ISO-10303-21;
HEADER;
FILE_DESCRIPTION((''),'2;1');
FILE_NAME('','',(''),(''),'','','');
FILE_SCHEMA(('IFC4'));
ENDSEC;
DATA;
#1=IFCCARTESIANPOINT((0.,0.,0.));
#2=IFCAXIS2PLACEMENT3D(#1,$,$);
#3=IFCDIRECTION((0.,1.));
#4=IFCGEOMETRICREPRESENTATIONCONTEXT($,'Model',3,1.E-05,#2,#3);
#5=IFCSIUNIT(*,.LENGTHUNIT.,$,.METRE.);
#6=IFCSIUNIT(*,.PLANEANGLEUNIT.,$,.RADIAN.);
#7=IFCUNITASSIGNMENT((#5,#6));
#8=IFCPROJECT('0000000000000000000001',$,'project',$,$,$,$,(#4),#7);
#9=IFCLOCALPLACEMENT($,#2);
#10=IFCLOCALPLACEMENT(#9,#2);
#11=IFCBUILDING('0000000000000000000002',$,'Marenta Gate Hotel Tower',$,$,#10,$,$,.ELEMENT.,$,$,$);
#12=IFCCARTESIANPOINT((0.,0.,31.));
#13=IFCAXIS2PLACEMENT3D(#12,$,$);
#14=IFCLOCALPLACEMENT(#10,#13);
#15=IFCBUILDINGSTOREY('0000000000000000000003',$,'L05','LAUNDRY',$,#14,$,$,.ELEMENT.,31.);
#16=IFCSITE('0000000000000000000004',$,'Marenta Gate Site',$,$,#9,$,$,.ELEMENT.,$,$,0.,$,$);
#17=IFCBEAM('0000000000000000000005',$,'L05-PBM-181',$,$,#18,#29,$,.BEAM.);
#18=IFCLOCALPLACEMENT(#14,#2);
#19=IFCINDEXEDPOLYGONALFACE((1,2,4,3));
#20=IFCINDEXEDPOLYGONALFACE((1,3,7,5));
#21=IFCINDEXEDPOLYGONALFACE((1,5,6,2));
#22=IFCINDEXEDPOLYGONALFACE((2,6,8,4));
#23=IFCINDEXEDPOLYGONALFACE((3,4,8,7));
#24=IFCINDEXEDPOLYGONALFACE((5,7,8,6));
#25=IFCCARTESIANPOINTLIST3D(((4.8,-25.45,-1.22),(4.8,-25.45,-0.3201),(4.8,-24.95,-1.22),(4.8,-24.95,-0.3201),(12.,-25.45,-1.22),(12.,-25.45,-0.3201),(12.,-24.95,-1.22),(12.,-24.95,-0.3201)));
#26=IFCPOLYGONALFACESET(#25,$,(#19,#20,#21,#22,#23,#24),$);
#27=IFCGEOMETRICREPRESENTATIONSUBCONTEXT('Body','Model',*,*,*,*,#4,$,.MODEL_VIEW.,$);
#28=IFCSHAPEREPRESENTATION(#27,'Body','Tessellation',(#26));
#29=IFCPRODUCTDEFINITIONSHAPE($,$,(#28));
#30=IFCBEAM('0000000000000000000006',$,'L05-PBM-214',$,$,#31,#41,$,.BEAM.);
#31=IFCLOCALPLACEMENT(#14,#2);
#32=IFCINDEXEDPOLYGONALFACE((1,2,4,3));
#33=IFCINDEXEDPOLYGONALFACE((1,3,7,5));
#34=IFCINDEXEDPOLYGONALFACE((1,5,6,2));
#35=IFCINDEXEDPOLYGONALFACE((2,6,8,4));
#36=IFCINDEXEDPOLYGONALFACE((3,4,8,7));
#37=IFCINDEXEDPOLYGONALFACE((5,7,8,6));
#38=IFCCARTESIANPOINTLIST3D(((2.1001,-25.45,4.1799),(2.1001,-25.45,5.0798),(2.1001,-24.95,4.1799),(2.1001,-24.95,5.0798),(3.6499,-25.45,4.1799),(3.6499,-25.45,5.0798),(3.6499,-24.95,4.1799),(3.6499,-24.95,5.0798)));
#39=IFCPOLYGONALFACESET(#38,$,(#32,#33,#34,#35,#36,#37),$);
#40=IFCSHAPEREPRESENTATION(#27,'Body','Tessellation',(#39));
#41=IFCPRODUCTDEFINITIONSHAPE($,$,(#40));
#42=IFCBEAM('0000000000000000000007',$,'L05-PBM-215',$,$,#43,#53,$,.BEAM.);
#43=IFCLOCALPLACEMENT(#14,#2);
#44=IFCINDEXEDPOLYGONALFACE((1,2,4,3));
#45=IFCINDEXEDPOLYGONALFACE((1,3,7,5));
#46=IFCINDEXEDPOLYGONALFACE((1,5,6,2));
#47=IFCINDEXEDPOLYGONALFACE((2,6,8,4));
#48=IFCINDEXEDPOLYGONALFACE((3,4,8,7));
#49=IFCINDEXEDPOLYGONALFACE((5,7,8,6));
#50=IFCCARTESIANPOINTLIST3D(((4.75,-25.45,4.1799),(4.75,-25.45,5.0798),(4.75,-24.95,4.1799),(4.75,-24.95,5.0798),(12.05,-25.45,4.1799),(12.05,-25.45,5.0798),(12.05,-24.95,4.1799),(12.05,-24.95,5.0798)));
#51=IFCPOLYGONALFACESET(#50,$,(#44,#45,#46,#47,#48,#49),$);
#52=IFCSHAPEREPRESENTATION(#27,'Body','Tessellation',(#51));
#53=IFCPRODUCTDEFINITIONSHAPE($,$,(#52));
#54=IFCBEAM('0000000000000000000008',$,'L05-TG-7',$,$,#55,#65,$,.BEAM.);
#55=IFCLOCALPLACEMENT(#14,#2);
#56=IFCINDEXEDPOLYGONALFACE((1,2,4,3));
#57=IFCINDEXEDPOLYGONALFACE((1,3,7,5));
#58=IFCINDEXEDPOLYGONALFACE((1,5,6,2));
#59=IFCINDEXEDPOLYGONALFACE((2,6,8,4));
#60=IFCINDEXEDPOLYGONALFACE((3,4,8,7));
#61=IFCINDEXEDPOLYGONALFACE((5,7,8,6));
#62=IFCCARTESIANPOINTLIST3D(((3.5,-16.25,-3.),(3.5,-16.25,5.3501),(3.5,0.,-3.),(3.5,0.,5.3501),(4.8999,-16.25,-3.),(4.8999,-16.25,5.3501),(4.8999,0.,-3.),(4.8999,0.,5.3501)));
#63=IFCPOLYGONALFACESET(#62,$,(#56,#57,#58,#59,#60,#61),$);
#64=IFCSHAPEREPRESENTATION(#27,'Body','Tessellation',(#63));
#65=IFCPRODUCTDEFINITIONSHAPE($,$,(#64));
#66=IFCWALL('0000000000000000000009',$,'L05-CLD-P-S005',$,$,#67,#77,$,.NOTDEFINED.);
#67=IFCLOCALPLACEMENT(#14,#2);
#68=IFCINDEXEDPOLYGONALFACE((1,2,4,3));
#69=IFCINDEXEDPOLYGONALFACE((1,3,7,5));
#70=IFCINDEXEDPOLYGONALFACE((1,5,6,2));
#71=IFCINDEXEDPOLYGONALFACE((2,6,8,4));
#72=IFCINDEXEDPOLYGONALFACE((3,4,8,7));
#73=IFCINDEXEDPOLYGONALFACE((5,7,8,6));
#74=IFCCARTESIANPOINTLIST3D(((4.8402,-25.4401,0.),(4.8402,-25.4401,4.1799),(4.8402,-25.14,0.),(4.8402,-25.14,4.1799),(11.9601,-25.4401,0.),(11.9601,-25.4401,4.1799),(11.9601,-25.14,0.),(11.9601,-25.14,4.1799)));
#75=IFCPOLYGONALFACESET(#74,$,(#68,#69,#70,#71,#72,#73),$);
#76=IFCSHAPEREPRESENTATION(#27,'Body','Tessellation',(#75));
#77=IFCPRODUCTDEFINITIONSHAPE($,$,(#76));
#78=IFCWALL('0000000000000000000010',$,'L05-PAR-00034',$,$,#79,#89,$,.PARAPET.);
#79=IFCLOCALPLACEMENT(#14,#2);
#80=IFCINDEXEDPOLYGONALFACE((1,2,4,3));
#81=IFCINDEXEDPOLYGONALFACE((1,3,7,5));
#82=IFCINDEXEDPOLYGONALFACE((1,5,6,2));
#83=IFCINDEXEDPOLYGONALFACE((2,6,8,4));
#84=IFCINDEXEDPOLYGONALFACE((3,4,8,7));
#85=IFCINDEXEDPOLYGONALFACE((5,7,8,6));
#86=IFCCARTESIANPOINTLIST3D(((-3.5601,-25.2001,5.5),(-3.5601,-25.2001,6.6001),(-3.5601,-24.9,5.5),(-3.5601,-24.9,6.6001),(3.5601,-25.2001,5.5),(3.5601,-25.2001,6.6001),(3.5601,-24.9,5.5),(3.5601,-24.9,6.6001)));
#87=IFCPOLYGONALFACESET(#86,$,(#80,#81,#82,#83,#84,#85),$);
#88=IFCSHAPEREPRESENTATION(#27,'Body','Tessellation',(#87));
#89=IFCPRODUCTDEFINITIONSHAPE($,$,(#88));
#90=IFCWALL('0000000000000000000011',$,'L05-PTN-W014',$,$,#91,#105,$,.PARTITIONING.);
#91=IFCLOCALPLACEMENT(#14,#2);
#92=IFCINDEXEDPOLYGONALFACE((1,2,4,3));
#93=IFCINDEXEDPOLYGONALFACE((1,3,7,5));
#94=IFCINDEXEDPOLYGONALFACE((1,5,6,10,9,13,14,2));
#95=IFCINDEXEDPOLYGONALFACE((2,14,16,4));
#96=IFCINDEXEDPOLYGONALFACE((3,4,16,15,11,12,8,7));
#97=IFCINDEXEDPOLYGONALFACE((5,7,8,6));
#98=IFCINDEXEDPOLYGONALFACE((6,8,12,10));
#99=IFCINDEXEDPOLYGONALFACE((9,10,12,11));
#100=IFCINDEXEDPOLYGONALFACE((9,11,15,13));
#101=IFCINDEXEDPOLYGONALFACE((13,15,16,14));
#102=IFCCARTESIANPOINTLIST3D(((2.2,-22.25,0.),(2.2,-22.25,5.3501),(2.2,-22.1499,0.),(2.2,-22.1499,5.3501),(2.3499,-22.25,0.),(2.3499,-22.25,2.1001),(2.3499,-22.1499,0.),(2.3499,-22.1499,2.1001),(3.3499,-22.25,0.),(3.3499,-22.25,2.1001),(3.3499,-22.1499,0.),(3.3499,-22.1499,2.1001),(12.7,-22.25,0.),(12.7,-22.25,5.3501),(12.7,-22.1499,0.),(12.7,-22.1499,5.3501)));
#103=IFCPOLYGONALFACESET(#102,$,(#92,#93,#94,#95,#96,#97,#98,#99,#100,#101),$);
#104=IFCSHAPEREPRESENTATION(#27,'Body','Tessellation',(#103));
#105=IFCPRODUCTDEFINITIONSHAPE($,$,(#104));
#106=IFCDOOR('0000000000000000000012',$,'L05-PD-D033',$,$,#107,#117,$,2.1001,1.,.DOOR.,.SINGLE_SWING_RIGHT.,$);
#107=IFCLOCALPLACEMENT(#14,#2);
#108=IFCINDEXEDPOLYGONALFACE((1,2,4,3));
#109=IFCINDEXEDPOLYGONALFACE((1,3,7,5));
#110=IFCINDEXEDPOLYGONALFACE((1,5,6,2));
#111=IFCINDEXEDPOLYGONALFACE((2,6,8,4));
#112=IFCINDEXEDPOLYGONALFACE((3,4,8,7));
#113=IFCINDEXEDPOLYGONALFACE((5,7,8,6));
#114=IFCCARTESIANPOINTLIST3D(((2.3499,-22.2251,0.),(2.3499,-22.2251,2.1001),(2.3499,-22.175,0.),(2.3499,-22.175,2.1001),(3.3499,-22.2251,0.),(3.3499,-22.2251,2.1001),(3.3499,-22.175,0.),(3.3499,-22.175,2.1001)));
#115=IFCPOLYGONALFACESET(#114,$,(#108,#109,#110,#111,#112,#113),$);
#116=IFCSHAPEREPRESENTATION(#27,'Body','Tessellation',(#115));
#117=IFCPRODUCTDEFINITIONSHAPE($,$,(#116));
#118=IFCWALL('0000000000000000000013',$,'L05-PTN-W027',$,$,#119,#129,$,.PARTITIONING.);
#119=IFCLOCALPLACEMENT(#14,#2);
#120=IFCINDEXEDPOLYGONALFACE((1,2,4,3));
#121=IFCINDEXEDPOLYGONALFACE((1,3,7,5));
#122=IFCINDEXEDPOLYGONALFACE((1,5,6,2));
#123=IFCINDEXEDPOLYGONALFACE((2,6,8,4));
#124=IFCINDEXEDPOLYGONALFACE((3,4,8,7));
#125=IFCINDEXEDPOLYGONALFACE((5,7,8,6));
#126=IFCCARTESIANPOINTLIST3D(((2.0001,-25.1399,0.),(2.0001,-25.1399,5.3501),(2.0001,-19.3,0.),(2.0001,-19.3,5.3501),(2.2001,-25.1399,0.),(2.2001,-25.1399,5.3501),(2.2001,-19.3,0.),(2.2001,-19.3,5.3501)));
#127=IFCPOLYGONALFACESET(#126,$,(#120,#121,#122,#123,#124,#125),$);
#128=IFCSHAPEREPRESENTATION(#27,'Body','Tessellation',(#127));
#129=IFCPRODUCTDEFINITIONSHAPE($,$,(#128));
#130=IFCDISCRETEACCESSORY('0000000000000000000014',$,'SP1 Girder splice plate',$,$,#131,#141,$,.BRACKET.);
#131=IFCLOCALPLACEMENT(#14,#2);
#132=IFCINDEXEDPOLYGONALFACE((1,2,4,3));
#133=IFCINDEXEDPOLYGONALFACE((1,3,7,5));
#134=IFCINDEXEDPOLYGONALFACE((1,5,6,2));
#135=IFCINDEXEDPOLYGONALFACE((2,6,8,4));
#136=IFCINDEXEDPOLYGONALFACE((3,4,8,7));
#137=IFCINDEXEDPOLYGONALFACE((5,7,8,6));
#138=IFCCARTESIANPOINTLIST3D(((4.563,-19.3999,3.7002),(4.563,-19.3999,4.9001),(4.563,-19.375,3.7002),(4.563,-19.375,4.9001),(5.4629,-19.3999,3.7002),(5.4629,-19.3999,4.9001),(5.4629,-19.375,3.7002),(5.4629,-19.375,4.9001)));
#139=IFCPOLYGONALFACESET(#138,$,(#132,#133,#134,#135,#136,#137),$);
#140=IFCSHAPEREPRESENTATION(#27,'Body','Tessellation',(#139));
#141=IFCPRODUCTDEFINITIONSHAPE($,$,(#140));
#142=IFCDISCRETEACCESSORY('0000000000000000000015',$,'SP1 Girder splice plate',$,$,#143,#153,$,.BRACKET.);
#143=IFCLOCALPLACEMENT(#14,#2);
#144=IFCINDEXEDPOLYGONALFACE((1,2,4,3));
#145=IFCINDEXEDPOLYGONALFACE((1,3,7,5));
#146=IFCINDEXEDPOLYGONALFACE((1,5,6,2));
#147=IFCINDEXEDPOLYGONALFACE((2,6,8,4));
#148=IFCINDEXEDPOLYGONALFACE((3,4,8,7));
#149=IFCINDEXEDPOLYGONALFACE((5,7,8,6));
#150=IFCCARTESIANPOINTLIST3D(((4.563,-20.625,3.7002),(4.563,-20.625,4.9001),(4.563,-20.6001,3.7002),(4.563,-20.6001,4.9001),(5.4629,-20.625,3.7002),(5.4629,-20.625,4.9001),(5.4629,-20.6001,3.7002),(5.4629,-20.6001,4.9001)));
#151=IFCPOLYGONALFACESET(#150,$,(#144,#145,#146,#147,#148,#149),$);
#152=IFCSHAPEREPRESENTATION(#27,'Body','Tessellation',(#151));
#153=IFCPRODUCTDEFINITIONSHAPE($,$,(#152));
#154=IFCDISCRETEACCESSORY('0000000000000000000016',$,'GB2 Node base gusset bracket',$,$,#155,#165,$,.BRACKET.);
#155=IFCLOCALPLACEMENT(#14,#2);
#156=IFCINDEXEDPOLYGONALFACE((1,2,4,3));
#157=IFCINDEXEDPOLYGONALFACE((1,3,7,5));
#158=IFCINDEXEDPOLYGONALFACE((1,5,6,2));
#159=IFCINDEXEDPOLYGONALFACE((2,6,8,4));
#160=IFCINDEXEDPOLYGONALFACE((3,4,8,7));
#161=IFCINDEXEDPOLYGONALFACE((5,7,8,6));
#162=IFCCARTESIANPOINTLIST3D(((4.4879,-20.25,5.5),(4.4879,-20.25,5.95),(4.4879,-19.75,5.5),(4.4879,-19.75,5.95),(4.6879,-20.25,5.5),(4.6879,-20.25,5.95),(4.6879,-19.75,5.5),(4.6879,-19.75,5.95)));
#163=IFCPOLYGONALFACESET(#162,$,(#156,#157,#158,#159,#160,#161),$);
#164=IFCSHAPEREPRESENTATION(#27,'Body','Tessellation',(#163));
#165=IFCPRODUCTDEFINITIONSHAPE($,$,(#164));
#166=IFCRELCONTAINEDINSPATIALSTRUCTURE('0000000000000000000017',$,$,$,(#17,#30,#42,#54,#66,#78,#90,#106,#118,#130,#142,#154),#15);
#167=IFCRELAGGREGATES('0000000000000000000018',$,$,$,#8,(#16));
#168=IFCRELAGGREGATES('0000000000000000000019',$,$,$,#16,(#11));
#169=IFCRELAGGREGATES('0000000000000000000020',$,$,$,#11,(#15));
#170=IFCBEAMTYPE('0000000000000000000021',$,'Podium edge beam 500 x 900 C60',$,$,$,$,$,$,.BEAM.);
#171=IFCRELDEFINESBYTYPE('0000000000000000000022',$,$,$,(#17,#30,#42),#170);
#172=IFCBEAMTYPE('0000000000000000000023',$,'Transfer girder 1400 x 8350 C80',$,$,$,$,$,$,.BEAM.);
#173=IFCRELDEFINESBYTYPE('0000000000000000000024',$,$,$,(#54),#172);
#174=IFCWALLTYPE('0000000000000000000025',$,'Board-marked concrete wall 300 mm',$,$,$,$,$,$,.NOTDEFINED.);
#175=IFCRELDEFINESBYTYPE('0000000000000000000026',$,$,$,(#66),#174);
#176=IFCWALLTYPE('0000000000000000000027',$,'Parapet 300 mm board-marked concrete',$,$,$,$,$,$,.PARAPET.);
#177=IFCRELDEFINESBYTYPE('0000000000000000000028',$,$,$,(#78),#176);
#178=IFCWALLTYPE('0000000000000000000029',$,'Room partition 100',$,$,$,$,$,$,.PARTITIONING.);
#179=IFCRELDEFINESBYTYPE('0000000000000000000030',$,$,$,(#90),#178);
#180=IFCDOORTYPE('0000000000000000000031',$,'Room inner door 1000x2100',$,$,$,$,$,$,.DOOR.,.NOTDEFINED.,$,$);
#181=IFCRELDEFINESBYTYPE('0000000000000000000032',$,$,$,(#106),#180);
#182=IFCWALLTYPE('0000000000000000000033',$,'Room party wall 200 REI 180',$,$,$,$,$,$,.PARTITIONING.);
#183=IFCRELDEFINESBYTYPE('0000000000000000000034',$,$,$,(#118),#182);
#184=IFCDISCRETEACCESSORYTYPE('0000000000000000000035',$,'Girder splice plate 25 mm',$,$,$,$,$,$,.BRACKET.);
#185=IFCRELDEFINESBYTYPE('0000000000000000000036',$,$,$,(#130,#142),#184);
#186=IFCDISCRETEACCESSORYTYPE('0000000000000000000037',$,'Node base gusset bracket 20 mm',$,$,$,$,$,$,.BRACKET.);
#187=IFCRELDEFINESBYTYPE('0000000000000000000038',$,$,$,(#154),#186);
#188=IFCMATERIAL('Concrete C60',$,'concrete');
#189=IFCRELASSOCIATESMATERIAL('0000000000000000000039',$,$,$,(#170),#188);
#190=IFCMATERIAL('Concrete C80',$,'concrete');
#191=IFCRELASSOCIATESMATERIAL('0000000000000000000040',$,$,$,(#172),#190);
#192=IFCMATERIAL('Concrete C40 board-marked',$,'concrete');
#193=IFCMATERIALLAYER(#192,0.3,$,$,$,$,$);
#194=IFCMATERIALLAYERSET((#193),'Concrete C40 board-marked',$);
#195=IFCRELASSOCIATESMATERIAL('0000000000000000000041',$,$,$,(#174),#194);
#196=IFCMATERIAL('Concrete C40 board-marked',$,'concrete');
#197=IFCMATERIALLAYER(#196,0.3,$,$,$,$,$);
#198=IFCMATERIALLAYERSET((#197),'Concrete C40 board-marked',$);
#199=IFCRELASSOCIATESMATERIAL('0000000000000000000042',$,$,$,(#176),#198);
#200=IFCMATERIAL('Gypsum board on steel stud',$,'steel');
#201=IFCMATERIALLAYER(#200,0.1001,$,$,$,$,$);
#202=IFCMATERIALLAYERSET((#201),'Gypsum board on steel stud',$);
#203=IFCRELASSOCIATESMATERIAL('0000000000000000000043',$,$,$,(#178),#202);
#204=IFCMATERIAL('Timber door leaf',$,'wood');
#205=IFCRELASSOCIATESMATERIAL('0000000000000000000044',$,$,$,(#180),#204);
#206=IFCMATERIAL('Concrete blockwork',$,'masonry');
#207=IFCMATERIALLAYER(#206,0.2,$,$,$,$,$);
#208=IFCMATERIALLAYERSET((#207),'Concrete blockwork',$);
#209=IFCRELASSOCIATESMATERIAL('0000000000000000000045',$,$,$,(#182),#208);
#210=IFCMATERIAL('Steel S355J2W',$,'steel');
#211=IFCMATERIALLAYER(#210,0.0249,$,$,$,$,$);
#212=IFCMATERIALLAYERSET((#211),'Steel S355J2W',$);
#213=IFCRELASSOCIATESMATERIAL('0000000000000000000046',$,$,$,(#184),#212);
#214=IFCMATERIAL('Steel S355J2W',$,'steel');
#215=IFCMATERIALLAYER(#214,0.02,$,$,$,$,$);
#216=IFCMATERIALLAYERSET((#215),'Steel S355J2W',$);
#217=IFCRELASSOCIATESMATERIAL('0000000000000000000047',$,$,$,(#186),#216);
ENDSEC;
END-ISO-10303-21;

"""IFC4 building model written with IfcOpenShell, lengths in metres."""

from ifc_helpers import new_model, si_unit, direction, frame, frame_2d, origin, origin_2d, place, context, subcontext, project, spatial, rectangle, extrude, material, layer, layer_set, material_profile, profile_set, type_object, element, fill, save


model = new_model("IFC4")

# Units and contexts
model_context = context("Model", 3, precision=1e-05, world=origin(), true_north=direction((0.0, 1.0)))
body_context = subcontext(model_context, "Body", "Model", "MODEL_VIEW")
ifc_project = project(units=[si_unit("LENGTHUNIT", "METRE"), si_unit("PLANEANGLEUNIT", "RADIAN")], contexts=[model_context])

# Site, building, storey
site_placement = place(None, origin())
site = spatial("IfcSite", under=ifc_project, at=site_placement, Name="Marenta Gate Site", CompositionType="ELEMENT", RefElevation=0.0)
building_placement = place(site_placement, origin())
building = spatial("IfcBuilding", under=site, at=building_placement, Name="Marenta Gate Hotel Tower", CompositionType="ELEMENT")
storey_placement = place(building_placement, frame((0.0, 0.0, 31.0)))
storey = spatial("IfcBuildingStorey", under=building, at=storey_placement, Name="L05", Description="LAUNDRY", CompositionType="ELEMENT", Elevation=31.0)

# Beams
ifc_material_1 = material(Name="Concrete C60", Category="concrete")
ifc_material_profile_1 = material_profile(ifc_material_1, rectangle(XDim=0.5, YDim=0.8999, at=origin_2d()), Name="500 x 900")
ifc_profile_set_1 = profile_set([ifc_material_profile_1], Name="Concrete C60")
beam_type_1 = type_object("IfcBeamType", Name="Podium edge beam 500 x 900 C60", PredefinedType="BEAM", material=ifc_profile_set_1)
beam_1_placement = place(storey_placement, frame((4.8, -25.2, -0.77), z_axis=(1.0, 0.0, 0.0), x_axis=(0.0, 1.0, 0.0)))
element("IfcBeam", 1, at=beam_1_placement, inside=storey, type_object=beam_type_1, Name="L05-PBM-181", PredefinedType="BEAM", context=body_context, shape_type="SweptSolid", body=[
    extrude(rectangle(XDim=0.5, YDim=0.8999, at=origin_2d()), origin(), (0.0, 0.0, 1.0), 7.2),
])
beam_2_placement = place(storey_placement, frame((2.1001, -25.2, 4.6299), z_axis=(1.0, 0.0, 0.0), x_axis=(0.0, 1.0, 0.0)))
element("IfcBeam", 2, at=beam_2_placement, inside=storey, type_object=beam_type_1, Name="L05-PBM-214", PredefinedType="BEAM", context=body_context, shape_type="SweptSolid", body=[
    extrude(rectangle(XDim=0.5, YDim=0.8999, at=origin_2d()), origin(), (0.0, 0.0, 1.0), 1.5498),
])
beam_3_placement = place(storey_placement, frame((4.75, -25.2, 4.6299), z_axis=(1.0, 0.0, 0.0), x_axis=(0.0, 1.0, 0.0)))
element("IfcBeam", 3, at=beam_3_placement, inside=storey, type_object=beam_type_1, Name="L05-PBM-215", PredefinedType="BEAM", context=body_context, shape_type="SweptSolid", body=[
    extrude(rectangle(XDim=0.5, YDim=0.8999, at=origin_2d()), origin(), (0.0, 0.0, 1.0), 7.3),
])
ifc_material_2 = material(Name="Concrete C80", Category="concrete")
ifc_material_profile_2 = material_profile(ifc_material_2, rectangle(XDim=1.3999, YDim=8.3501, at=origin_2d()), Name="1400 x 8350")
ifc_profile_set_2 = profile_set([ifc_material_profile_2], Name="Concrete C80")
beam_type_2 = type_object("IfcBeamType", Name="Transfer girder 1400 x 8350 C80", PredefinedType="BEAM", material=ifc_profile_set_2)
beam_4_placement = place(storey_placement, frame((4.2, -16.25, 5.3501), z_axis=(0.0, 1.0, 0.0), x_axis=(-1.0, 0.0, 0.0)))
element("IfcBeam", 4, at=beam_4_placement, inside=storey, type_object=beam_type_2, Name="L05-TG-7", PredefinedType="BEAM", context=body_context, shape_type="SweptSolid", body=[
    extrude(rectangle(XDim=1.3999, YDim=8.3501, at=frame_2d((0.0, -4.175))), origin(), (0.0, 0.0, 1.0), 16.25),
])

# Walls
ifc_material_3 = material(Name="Concrete C40 board-marked", Category="concrete")
ifc_layer_1 = layer(ifc_material_3, 0.3)
ifc_layer_set_1 = layer_set([ifc_layer_1], Name="Concrete C40 board-marked")
wall_type_1 = type_object("IfcWallType", Name="Board-marked concrete wall 300 mm", PredefinedType="NOTDEFINED", material=ifc_layer_set_1)
wall_1_placement = place(storey_placement, frame((4.8401, -25.29, 0.0), z_axis=(0.0, 0.0, 1.0), x_axis=(1.0, 0.0, 0.0)))
element("IfcWall", 5, at=wall_1_placement, inside=storey, type_object=wall_type_1, Name="L05-CLD-P-S005", PredefinedType="NOTDEFINED", context=body_context, shape_type="SweptSolid", body=[
    extrude(rectangle(XDim=7.1199, YDim=0.3, at=frame_2d((3.5601, 0.0))), origin(), (0.0, 0.0, 1.0), 4.1799),
])
ifc_material_4 = material(Name="Concrete C40 board-marked", Category="concrete")
ifc_layer_2 = layer(ifc_material_4, 0.3)
ifc_layer_set_2 = layer_set([ifc_layer_2], Name="Concrete C40 board-marked")
wall_type_2 = type_object("IfcWallType", Name="Parapet 300 mm board-marked concrete", PredefinedType="PARAPET", material=ifc_layer_set_2)
wall_2_placement = place(storey_placement, frame((3.5601, -25.05, 5.5), z_axis=(0.0, 0.0, 1.0), x_axis=(-1.0, 0.0, 0.0)))
element("IfcWall", 6, at=wall_2_placement, inside=storey, type_object=wall_type_2, Name="L05-PAR-00034", PredefinedType="PARAPET", context=body_context, shape_type="SweptSolid", body=[
    extrude(rectangle(XDim=7.1201, YDim=0.3, at=frame_2d((3.5601, 0.0))), origin(), (0.0, 0.0, 1.0), 1.1001),
])

# Wall, opening, door
ifc_material_5 = material(Name="Gypsum board on steel stud", Category="steel")
ifc_layer_3 = layer(ifc_material_5, 0.1001)
ifc_layer_set_3 = layer_set([ifc_layer_3], Name="Gypsum board on steel stud")
wall_type_3 = type_object("IfcWallType", Name="Room partition 100", PredefinedType="PARTITIONING", material=ifc_layer_set_3)
wall_3_placement = place(storey_placement, frame((2.2, -22.2, 0.0), z_axis=(0.0, 0.0, 1.0), x_axis=(1.0, 0.0, 0.0)))
wall_3 = element("IfcWall", 7, at=wall_3_placement, inside=storey, type_object=wall_type_3, Name="L05-PTN-W014", PredefinedType="PARTITIONING", context=body_context, shape_type="SweptSolid", body=[
    extrude(rectangle(XDim=10.5, YDim=0.1001, at=frame_2d((5.25, 0.0))), origin(), (0.0, 0.0, 1.0), 5.3501),
])
opening_1_placement = place(wall_3_placement, frame((0.1499, 0.0, 0.0)))
opening_1 = element("IfcOpeningElement", 8, at=opening_1_placement, cuts=wall_3, PredefinedType="OPENING", context=body_context, shape_type="SweptSolid", body=[
    extrude(rectangle(XDim=1.0, YDim=2.1001, at=frame_2d((0.5, 1.05))), frame((0.0, 0.05, 0.0), z_axis=(0.0, -1.0, 0.0), x_axis=(1.0, 0.0, 0.0)), (0.0, 0.0, 1.0), 0.1001),
])
ifc_material_6 = material(Name="Timber door leaf", Category="wood")
door_type_1 = type_object("IfcDoorType", Name="Room inner door 1000x2100", OperationType="NOTDEFINED", PredefinedType="DOOR", material=ifc_material_6)
door_1_placement = place(opening_1_placement, origin())
door_1 = element("IfcDoor", 9, at=door_1_placement, inside=storey, type_object=door_type_1, Name="L05-PD-D033", OperationType="SINGLE_SWING_RIGHT", OverallHeight=2.1001, OverallWidth=1.0, PredefinedType="DOOR", context=body_context, shape_type="SweptSolid", body=[
    extrude(rectangle(XDim=1.0, YDim=2.1001, at=frame_2d((0.5, 1.05))), frame((0.0, 0.0249, 0.0), z_axis=(0.0, -1.0, 0.0), x_axis=(1.0, 0.0, 0.0)), (0.0, 0.0, 1.0), 0.05),
])
fill(opening_1, door_1)

# Wall
ifc_material_7 = material(Name="Concrete blockwork", Category="masonry")
ifc_layer_4 = layer(ifc_material_7, 0.2)
ifc_layer_set_4 = layer_set([ifc_layer_4], Name="Concrete blockwork")
wall_type_4 = type_object("IfcWallType", Name="Room party wall 200 REI 180", PredefinedType="PARTITIONING", material=ifc_layer_set_4)
wall_4_placement = place(storey_placement, frame((2.1001, -25.1399, 0.0), z_axis=(0.0, 0.0, 1.0), x_axis=(0.0, 1.0, 0.0)))
element("IfcWall", 10, at=wall_4_placement, inside=storey, type_object=wall_type_4, Name="L05-PTN-W027", PredefinedType="PARTITIONING", context=body_context, shape_type="SweptSolid", body=[
    extrude(rectangle(XDim=5.8398, YDim=0.2, at=frame_2d((2.9199, 0.0))), origin(), (0.0, 0.0, 1.0), 5.3501),
])

# Discrete accessories
ifc_material_8 = material(Name="Steel S355J2W", Category="steel")
ifc_layer_5 = layer(ifc_material_8, 0.0249)
ifc_layer_set_5 = layer_set([ifc_layer_5], Name="Steel S355J2W")
discrete_accessory_type_1 = type_object("IfcDiscreteAccessoryType", Name="Girder splice plate 25 mm", PredefinedType="BRACKET", material=ifc_layer_set_5)
for number, where, z_axis, x_axis, name in (
    (11, (5.0129, -19.3875, 3.7002), (0.0, 0.0, 1.0), (-1.0, 0.0, 0.0), "SP1 Girder splice plate"),
    (12, (5.0129, -20.6125, 3.7002), (0.0, 0.0, 1.0), (-1.0, 0.0, 0.0), "SP1 Girder splice plate"),
):
    element("IfcDiscreteAccessory", number, at=place(storey_placement, frame(where, z_axis=z_axis, x_axis=x_axis)), inside=storey, type_object=discrete_accessory_type_1, Name=name, PredefinedType="BRACKET", context=body_context, shape_type="SweptSolid", body=[
        extrude(rectangle(XDim=0.8999, YDim=0.0249, at=origin_2d()), origin(), (0.0, 0.0, 1.0), 1.2),
    ])
ifc_material_9 = material(Name="Steel S355J2W", Category="steel")
ifc_layer_6 = layer(ifc_material_9, 0.02)
ifc_layer_set_6 = layer_set([ifc_layer_6], Name="Steel S355J2W")
discrete_accessory_type_2 = type_object("IfcDiscreteAccessoryType", Name="Node base gusset bracket 20 mm", PredefinedType="BRACKET", material=ifc_layer_set_6)
discrete_accessory_placement = place(storey_placement, frame((4.5879, -20.0, 5.5), z_axis=(0.0, 0.0, 1.0), x_axis=(-1.0, 0.0, 0.0)))
element("IfcDiscreteAccessory", 13, at=discrete_accessory_placement, inside=storey, type_object=discrete_accessory_type_2, Name="GB2 Node base gusset bracket", PredefinedType="BRACKET", context=body_context, shape_type="SweptSolid", body=[
    extrude(rectangle(XDim=0.2, YDim=0.5, at=origin_2d()), origin(), (0.0, 0.0, 1.0), 0.45),
])

save(model, "model.ifc")
